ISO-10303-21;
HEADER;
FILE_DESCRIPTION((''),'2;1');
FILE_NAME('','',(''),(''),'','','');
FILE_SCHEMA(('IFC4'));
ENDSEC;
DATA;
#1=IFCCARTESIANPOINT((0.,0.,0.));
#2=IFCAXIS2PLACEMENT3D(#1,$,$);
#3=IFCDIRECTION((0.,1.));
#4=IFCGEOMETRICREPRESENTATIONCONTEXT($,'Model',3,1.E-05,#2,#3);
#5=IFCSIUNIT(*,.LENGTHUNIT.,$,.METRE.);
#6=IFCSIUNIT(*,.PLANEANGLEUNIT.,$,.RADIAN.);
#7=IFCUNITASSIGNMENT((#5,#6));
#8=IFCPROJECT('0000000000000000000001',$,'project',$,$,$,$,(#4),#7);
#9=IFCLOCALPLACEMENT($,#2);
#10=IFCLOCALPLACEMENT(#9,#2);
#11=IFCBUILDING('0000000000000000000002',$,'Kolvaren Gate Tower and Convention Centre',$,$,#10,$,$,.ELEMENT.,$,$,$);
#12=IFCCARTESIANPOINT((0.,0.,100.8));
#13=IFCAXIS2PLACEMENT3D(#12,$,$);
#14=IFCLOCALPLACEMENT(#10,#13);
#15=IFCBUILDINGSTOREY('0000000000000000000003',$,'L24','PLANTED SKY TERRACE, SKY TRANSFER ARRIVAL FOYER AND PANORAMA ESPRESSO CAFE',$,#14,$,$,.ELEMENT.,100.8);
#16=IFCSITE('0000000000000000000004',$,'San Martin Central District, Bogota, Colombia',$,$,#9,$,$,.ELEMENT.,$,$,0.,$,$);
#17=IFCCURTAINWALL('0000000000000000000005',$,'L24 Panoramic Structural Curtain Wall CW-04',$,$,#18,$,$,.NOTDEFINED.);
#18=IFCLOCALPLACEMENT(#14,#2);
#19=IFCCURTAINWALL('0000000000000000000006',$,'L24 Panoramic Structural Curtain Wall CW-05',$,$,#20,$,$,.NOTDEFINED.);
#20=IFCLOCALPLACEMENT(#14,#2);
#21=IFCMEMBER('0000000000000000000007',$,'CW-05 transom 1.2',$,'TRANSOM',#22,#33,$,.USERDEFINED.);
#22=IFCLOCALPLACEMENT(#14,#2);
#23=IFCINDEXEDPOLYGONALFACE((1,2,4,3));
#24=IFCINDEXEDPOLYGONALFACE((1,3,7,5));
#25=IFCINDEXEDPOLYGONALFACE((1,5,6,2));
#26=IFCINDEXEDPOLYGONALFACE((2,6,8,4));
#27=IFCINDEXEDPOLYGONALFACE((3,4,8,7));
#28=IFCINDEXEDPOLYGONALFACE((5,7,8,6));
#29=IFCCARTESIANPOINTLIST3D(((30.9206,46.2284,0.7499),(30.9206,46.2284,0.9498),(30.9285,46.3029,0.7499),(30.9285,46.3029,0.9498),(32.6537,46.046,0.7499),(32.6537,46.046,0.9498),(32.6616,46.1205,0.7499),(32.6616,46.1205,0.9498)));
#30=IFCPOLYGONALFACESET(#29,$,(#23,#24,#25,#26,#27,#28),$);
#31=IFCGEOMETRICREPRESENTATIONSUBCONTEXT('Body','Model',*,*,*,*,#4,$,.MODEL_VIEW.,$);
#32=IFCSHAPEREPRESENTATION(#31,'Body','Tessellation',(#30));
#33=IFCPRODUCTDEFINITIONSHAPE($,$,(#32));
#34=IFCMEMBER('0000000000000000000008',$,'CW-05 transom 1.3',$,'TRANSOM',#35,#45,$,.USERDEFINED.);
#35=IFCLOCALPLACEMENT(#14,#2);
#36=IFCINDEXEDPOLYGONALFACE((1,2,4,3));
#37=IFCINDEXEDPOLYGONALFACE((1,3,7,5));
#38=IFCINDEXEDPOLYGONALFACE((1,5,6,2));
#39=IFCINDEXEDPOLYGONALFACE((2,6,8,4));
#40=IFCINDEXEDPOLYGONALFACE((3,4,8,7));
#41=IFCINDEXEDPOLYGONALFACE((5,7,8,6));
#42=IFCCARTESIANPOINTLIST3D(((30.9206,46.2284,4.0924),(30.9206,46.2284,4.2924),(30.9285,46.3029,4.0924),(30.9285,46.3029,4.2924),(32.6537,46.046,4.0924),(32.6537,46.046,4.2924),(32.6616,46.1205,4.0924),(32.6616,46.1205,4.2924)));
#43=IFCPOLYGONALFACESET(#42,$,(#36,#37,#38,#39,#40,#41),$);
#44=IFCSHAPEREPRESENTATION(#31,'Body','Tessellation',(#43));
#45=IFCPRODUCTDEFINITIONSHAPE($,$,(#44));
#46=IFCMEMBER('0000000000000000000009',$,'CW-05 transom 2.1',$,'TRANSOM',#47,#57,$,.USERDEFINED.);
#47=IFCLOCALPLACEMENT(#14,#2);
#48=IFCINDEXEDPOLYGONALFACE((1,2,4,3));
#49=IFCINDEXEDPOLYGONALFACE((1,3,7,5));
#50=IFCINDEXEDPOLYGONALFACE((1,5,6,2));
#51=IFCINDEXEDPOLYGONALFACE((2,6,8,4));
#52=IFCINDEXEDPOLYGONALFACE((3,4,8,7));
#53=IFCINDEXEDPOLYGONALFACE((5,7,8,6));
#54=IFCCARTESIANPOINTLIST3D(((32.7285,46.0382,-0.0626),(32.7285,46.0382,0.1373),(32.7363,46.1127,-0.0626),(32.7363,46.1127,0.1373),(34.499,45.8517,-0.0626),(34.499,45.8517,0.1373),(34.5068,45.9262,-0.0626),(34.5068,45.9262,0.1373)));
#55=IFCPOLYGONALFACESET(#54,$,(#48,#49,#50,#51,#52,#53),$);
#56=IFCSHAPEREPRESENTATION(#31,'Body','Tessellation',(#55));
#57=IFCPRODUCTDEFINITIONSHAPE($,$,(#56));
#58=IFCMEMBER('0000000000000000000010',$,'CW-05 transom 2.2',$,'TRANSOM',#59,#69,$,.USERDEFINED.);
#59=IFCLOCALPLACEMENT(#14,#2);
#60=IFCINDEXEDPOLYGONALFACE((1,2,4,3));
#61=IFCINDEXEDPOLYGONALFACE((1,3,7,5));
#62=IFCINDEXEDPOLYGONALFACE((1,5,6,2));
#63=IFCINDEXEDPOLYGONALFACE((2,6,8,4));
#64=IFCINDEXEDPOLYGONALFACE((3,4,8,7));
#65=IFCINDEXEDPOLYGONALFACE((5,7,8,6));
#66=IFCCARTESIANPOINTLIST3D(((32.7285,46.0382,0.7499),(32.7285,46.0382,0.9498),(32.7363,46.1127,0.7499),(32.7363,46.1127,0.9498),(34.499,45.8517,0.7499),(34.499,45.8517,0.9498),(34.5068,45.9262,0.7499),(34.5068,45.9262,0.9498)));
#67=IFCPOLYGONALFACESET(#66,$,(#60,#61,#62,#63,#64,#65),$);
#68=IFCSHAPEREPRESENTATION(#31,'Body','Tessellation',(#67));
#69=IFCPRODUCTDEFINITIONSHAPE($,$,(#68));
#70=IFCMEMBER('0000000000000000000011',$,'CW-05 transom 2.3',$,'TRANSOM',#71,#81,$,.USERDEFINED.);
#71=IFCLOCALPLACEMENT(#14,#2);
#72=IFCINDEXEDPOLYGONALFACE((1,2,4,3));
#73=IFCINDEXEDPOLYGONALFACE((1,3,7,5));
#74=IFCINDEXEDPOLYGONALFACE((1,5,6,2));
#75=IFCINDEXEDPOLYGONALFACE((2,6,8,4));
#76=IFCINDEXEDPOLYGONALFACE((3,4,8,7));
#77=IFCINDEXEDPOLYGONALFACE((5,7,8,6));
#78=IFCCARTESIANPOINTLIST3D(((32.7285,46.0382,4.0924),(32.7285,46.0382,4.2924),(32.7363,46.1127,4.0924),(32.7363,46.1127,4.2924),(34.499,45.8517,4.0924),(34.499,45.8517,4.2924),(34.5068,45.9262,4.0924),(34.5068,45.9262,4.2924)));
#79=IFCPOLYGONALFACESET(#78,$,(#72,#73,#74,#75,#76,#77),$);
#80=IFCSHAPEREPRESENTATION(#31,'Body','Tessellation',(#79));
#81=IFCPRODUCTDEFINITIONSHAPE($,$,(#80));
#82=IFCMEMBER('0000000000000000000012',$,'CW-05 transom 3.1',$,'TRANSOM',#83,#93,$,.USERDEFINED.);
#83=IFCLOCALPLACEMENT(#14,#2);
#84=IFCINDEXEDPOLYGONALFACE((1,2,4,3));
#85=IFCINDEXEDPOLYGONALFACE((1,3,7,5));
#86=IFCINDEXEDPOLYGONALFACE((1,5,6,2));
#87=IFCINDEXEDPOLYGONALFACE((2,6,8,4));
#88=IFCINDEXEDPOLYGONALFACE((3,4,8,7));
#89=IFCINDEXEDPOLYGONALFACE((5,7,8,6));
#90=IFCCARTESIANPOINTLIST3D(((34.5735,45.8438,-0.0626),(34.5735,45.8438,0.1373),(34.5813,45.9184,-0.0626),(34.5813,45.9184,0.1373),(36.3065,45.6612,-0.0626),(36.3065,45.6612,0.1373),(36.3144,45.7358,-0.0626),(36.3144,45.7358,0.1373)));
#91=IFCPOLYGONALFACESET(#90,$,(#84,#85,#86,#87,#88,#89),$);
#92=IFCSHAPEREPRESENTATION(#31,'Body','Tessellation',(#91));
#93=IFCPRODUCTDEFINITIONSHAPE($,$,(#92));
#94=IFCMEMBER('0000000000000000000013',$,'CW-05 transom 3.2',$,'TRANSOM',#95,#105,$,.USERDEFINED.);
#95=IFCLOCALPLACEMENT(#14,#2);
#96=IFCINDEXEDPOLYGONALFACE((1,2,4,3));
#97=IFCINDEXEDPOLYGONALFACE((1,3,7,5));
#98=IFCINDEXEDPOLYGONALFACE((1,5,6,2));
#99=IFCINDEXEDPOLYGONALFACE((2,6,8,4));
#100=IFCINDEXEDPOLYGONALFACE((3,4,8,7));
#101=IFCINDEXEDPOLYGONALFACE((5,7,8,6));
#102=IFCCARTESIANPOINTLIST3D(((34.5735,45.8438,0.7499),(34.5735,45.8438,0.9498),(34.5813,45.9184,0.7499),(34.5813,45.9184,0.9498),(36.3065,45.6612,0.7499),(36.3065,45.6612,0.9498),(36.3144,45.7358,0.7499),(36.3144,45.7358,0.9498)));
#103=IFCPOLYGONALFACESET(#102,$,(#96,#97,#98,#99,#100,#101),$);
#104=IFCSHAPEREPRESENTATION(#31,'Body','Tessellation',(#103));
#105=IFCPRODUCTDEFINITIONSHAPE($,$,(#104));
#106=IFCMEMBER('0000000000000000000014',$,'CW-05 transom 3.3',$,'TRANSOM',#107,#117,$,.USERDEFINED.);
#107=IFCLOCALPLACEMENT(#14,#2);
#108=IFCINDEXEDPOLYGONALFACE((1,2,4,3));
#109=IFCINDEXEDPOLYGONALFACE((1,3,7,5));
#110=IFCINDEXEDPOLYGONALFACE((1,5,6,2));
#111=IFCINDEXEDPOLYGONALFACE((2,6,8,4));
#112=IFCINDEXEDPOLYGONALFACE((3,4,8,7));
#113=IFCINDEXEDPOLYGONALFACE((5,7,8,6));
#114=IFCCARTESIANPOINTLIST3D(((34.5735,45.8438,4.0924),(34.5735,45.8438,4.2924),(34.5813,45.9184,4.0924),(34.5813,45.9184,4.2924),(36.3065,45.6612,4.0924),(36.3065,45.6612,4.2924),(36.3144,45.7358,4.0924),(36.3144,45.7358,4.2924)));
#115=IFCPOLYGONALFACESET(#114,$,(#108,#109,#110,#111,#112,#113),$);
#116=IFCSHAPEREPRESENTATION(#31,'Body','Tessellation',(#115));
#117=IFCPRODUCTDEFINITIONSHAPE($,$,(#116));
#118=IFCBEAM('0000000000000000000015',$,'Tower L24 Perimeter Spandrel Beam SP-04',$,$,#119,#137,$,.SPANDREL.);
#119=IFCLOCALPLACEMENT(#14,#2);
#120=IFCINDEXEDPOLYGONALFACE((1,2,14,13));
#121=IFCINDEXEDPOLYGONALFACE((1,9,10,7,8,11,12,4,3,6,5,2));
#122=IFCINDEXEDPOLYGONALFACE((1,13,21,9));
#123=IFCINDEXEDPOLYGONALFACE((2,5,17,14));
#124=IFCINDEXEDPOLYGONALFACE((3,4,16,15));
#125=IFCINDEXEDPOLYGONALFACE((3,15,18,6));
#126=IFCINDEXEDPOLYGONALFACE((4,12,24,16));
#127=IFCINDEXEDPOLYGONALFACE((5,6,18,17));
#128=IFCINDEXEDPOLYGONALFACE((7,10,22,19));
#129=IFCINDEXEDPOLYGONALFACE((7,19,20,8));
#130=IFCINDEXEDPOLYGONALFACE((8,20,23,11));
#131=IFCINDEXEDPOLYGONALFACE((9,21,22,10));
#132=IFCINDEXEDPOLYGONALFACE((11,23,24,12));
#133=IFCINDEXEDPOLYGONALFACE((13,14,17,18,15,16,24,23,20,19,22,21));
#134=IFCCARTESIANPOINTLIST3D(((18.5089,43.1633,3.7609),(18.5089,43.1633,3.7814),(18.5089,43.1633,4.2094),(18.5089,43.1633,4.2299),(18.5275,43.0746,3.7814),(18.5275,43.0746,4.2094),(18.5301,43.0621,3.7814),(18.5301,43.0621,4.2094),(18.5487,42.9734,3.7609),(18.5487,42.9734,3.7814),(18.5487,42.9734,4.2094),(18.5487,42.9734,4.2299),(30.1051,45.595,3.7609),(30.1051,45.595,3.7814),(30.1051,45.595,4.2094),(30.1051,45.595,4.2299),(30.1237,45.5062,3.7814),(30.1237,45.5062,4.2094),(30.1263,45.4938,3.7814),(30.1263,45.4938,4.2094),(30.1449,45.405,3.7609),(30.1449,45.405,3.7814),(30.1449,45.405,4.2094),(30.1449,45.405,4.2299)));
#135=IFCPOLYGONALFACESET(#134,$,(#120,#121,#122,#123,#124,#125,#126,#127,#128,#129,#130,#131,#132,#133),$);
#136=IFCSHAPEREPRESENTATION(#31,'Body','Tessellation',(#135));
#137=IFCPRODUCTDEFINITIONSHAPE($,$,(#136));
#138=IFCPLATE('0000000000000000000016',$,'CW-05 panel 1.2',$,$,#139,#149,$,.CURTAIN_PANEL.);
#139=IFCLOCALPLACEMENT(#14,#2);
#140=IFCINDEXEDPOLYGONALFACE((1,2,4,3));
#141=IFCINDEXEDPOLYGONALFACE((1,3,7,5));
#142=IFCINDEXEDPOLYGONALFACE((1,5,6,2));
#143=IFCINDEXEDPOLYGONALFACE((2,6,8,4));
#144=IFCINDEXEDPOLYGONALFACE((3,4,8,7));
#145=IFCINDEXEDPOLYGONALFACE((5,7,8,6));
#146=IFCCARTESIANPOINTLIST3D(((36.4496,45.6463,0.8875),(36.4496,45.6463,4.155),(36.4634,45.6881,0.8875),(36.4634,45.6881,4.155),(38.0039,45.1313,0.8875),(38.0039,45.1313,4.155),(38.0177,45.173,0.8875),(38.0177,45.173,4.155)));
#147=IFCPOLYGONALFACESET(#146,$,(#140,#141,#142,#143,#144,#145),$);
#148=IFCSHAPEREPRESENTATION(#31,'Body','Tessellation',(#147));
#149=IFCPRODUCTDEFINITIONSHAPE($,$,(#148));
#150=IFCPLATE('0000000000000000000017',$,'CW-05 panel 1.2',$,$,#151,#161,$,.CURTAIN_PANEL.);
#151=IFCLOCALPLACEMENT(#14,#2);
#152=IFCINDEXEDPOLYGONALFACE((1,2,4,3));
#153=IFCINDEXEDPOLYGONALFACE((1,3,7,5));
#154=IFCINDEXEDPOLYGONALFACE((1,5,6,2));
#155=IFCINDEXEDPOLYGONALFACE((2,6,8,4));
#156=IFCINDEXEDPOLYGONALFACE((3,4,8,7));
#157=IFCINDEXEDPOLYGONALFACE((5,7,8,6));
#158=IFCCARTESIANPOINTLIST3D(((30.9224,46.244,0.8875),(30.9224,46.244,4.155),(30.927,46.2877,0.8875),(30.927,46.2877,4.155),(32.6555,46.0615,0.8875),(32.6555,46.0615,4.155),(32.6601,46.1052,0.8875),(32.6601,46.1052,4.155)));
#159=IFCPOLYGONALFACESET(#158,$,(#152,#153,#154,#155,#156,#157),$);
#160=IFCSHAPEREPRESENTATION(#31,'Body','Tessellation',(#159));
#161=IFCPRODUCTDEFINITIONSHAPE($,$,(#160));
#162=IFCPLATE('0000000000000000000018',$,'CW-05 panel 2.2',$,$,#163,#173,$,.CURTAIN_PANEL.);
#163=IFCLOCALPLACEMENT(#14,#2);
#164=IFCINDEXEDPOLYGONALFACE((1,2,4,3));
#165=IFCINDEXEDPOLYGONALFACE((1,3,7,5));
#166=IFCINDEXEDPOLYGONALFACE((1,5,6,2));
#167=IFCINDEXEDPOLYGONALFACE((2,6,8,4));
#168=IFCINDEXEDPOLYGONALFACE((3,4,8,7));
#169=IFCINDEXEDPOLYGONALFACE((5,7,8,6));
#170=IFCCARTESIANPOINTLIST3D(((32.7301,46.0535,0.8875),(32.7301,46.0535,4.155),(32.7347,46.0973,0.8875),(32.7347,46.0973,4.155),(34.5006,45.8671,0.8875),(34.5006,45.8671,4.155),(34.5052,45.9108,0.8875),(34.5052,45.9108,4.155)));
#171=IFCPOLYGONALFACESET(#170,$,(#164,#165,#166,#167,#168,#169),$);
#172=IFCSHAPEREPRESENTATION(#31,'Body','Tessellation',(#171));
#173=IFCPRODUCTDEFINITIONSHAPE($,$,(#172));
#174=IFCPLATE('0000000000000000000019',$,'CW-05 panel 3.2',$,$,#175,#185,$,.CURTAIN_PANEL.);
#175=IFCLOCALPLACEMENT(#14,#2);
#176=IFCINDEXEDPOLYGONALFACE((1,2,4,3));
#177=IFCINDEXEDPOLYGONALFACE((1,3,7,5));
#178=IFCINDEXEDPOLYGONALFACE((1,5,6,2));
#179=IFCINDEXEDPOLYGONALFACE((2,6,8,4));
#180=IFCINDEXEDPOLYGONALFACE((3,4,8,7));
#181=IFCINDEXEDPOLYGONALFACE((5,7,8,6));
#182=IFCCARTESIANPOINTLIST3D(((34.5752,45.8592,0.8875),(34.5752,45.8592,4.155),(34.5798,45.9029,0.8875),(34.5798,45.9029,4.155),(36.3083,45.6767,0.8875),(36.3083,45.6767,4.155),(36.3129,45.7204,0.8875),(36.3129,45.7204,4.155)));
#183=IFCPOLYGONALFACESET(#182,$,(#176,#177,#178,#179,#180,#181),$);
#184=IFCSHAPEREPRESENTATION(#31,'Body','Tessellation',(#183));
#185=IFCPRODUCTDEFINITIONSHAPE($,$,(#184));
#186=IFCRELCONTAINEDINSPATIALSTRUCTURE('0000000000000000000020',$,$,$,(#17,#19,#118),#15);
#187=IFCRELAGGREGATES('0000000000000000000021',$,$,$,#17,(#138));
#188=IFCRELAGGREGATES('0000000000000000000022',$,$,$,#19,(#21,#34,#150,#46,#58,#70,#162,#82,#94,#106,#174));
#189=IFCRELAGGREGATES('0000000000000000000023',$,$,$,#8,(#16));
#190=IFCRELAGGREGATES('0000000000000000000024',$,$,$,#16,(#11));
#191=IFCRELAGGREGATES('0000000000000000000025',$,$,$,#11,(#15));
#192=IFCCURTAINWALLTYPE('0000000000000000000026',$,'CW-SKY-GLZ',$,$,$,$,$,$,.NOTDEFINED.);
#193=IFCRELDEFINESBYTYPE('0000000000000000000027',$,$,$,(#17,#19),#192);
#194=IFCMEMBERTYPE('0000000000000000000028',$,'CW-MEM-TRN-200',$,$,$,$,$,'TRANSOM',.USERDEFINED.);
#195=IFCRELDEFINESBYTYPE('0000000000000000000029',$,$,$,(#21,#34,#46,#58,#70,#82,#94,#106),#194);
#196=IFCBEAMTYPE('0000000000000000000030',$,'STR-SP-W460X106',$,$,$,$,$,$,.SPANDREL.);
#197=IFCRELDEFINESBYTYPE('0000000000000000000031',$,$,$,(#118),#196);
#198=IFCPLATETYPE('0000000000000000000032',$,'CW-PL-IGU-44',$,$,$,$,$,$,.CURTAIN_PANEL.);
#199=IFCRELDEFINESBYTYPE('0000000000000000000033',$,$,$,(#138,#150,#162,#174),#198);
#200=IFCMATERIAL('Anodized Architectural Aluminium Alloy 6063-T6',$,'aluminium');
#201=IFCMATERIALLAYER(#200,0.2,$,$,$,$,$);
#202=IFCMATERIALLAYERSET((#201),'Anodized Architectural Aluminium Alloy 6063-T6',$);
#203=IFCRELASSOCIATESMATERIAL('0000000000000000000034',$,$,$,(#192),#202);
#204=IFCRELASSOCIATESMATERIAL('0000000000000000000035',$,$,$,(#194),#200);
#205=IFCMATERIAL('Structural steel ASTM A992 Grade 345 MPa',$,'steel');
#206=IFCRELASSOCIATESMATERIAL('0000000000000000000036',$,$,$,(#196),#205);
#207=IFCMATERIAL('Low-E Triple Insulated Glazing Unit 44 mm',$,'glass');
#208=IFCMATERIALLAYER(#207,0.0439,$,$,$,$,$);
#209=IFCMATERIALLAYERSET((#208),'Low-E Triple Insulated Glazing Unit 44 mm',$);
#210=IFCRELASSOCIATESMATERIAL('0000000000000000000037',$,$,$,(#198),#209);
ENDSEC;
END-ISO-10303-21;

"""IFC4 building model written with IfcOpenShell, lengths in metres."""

from ifc_helpers import new_model, si_unit, direction, frame, origin, origin_2d, place, context, subcontext, project, spatial, rectangle, i_section, extrude, material, layer, layer_set, material_profile, profile_set, type_object, element, aggregate, save


model = new_model("IFC4")

# Units and contexts
model_context = context("Model", 3, precision=1e-05, world=origin(), true_north=direction((0.0, 1.0)))
body_context = subcontext(model_context, "Body", "Model", "MODEL_VIEW")
ifc_project = project(units=[si_unit("LENGTHUNIT", "METRE"), si_unit("PLANEANGLEUNIT", "RADIAN")], contexts=[model_context])

# Site, building, storey
site_placement = place(None, origin())
site = spatial("IfcSite", under=ifc_project, at=site_placement, Name="San Martin Central District, Bogota, Colombia", CompositionType="ELEMENT", RefElevation=0.0)
building_placement = place(site_placement, origin())
building = spatial("IfcBuilding", under=site, at=building_placement, Name="Kolvaren Gate Tower and Convention Centre", CompositionType="ELEMENT")
storey_placement = place(building_placement, frame((0.0, 0.0, 100.8)))
storey = spatial("IfcBuildingStorey", under=building, at=storey_placement, Name="L24", Description="PLANTED SKY TERRACE, SKY TRANSFER ARRIVAL FOYER AND PANORAMA ESPRESSO CAFE", CompositionType="ELEMENT", Elevation=100.8)

# Curtain walls
ifc_material_1 = material(Name="Anodized Architectural Aluminium Alloy 6063-T6", Category="aluminium")
ifc_layer_1 = layer(ifc_material_1, 0.2)
ifc_layer_set_1 = layer_set([ifc_layer_1], Name="Anodized Architectural Aluminium Alloy 6063-T6")
curtain_wall_type = type_object("IfcCurtainWallType", Name="CW-SKY-GLZ", PredefinedType="NOTDEFINED", material=ifc_layer_set_1)
curtain_wall_1_placement = place(storey_placement, origin())
curtain_wall_1 = element("IfcCurtainWall", 1, at=curtain_wall_1_placement, inside=storey, type_object=curtain_wall_type, Name="L24 Panoramic Structural Curtain Wall CW-04", PredefinedType="NOTDEFINED")
curtain_wall_2_placement = place(storey_placement, origin())
curtain_wall_2 = element("IfcCurtainWall", 2, at=curtain_wall_2_placement, inside=storey, type_object=curtain_wall_type, Name="L24 Panoramic Structural Curtain Wall CW-05", PredefinedType="NOTDEFINED")

# Members
ifc_material_profile_1 = material_profile(ifc_material_1, rectangle(XDim=0.075, YDim=0.2, at=origin_2d()), Name="CW-MEM-TRN-200")
ifc_profile_set_1 = profile_set([ifc_material_profile_1], Name="Anodized Architectural Aluminium Alloy 6063-T6")
member_type_1 = type_object("IfcMemberType", Name="CW-MEM-TRN-200", ElementType="TRANSOM", PredefinedType="USERDEFINED", material=ifc_profile_set_1)
member_1_placement = place(storey_placement, frame((30.9246, 46.2656, 0.8499), z_axis=(0.994509, -0.104648, 0.0), x_axis=(0.104648, 0.994509, 0.0)))
member_1 = element("IfcMember", 3, at=member_1_placement, type_object=member_type_1, Name="CW-05 transom 1.2", ObjectType="TRANSOM", PredefinedType="USERDEFINED", context=body_context, shape_type="SweptSolid", body=[
    extrude(rectangle(XDim=0.075, YDim=0.2, at=origin_2d()), origin(), (0.0, 0.0, 1.0), 1.7427),
])
member_2_placement = place(storey_placement, frame((30.9246, 46.2656, 4.1924), z_axis=(0.994509, -0.104648, 0.0), x_axis=(0.104648, 0.994509, 0.0)))
member_2 = element("IfcMember", 4, at=member_2_placement, type_object=member_type_1, Name="CW-05 transom 1.3", ObjectType="TRANSOM", PredefinedType="USERDEFINED", context=body_context, shape_type="SweptSolid", body=[
    extrude(rectangle(XDim=0.075, YDim=0.2, at=origin_2d()), origin(), (0.0, 0.0, 1.0), 1.7427),
])
member_3_placement = place(storey_placement, frame((32.7324, 46.0754, 0.0374), z_axis=(0.994496, -0.10477, 0.0), x_axis=(0.10477, 0.994496, 0.0)))
member_3 = element("IfcMember", 5, at=member_3_placement, type_object=member_type_1, Name="CW-05 transom 2.1", ObjectType="TRANSOM", PredefinedType="USERDEFINED", context=body_context, shape_type="SweptSolid", body=[
    extrude(rectangle(XDim=0.075, YDim=0.2, at=origin_2d()), origin(), (0.0, 0.0, 1.0), 1.7803),
])
member_4_placement = place(storey_placement, frame((32.7324, 46.0754, 0.8499), z_axis=(0.994496, -0.10477, 0.0), x_axis=(0.10477, 0.994496, 0.0)))
member_4 = element("IfcMember", 6, at=member_4_placement, type_object=member_type_1, Name="CW-05 transom 2.2", ObjectType="TRANSOM", PredefinedType="USERDEFINED", context=body_context, shape_type="SweptSolid", body=[
    extrude(rectangle(XDim=0.075, YDim=0.2, at=origin_2d()), origin(), (0.0, 0.0, 1.0), 1.7803),
])
member_5_placement = place(storey_placement, frame((32.7324, 46.0754, 4.1924), z_axis=(0.994496, -0.10477, 0.0), x_axis=(0.10477, 0.994496, 0.0)))
member_5 = element("IfcMember", 7, at=member_5_placement, type_object=member_type_1, Name="CW-05 transom 2.3", ObjectType="TRANSOM", PredefinedType="USERDEFINED", context=body_context, shape_type="SweptSolid", body=[
    extrude(rectangle(XDim=0.075, YDim=0.2, at=origin_2d()), origin(), (0.0, 0.0, 1.0), 1.7803),
])
member_6_placement = place(storey_placement, frame((34.5774, 45.8811, 0.0374), z_axis=(0.994495, -0.104787, 0.0), x_axis=(0.104787, 0.994495, 0.0)))
member_6 = element("IfcMember", 8, at=member_6_placement, type_object=member_type_1, Name="CW-05 transom 3.1", ObjectType="TRANSOM", PredefinedType="USERDEFINED", context=body_context, shape_type="SweptSolid", body=[
    extrude(rectangle(XDim=0.075, YDim=0.2, at=origin_2d()), origin(), (0.0, 0.0, 1.0), 1.7427),
])
member_7_placement = place(storey_placement, frame((34.5774, 45.8811, 0.8499), z_axis=(0.994495, -0.104787, 0.0), x_axis=(0.104787, 0.994495, 0.0)))
member_7 = element("IfcMember", 9, at=member_7_placement, type_object=member_type_1, Name="CW-05 transom 3.2", ObjectType="TRANSOM", PredefinedType="USERDEFINED", context=body_context, shape_type="SweptSolid", body=[
    extrude(rectangle(XDim=0.075, YDim=0.2, at=origin_2d()), origin(), (0.0, 0.0, 1.0), 1.7427),
])
member_8_placement = place(storey_placement, frame((34.5774, 45.8811, 4.1924), z_axis=(0.994495, -0.104787, 0.0), x_axis=(0.104787, 0.994495, 0.0)))
member_8 = element("IfcMember", 10, at=member_8_placement, type_object=member_type_1, Name="CW-05 transom 3.3", ObjectType="TRANSOM", PredefinedType="USERDEFINED", context=body_context, shape_type="SweptSolid", body=[
    extrude(rectangle(XDim=0.075, YDim=0.2, at=origin_2d()), origin(), (0.0, 0.0, 1.0), 1.7427),
])

# Beam
ifc_material_2 = material(Name="Structural steel ASTM A992 Grade 345 MPa", Category="steel")
ifc_material_profile_2 = material_profile(ifc_material_2, i_section(OverallWidth=0.1941, OverallDepth=0.469, WebThickness=0.0127, FlangeThickness=0.0205, at=origin_2d()), Name="W460X106")
ifc_profile_set_2 = profile_set([ifc_material_profile_2], Name="Structural steel ASTM A992 Grade 345 MPa")
beam_type = type_object("IfcBeamType", Name="STR-SP-W460X106", PredefinedType="SPANDREL", material=ifc_profile_set_2)
beam_placement = place(storey_placement, frame((30.125, 45.5, 3.9954), z_axis=(-0.978714, -0.205229, 0.0), x_axis=(0.205229, -0.978714, 0.0)))
element("IfcBeam", 11, at=beam_placement, inside=storey, type_object=beam_type, Name="Tower L24 Perimeter Spandrel Beam SP-04", PredefinedType="SPANDREL", context=body_context, shape_type="SweptSolid", body=[
    extrude(i_section(OverallWidth=0.1941, OverallDepth=0.469, WebThickness=0.0127, FlangeThickness=0.0205, at=origin_2d()), origin(), (0.0, 0.0, 1.0), 11.8484),
])

# Plates
ifc_material_3 = material(Name="Low-E Triple Insulated Glazing Unit 44 mm", Category="glass")
ifc_layer_2 = layer(ifc_material_3, 0.0439)
ifc_layer_set_2 = layer_set([ifc_layer_2], Name="Low-E Triple Insulated Glazing Unit 44 mm")
plate_type_1 = type_object("IfcPlateType", Name="CW-PL-IGU-44", PredefinedType="CURTAIN_PANEL", material=ifc_layer_set_2)
plate_1_placement = place(storey_placement, frame((37.2336, 45.4097, 0.8875), z_axis=(0.0, 0.0, 1.0), x_axis=(0.94924, -0.314553, 0.0)))
plate_1 = element("IfcPlate", 12, at=plate_1_placement, type_object=plate_type_1, Name="CW-05 panel 1.2", PredefinedType="CURTAIN_PANEL", context=body_context, shape_type="SweptSolid", body=[
    extrude(rectangle(XDim=1.6375, YDim=0.0439, at=origin_2d()), origin(), (0.0, 0.0, 1.0), 3.2676),
])
plate_2_placement = place(storey_placement, frame((31.7913, 46.1746, 0.8875), z_axis=(0.0, 0.0, 1.0), x_axis=(0.994501, -0.104729, 0.0)))
plate_2 = element("IfcPlate", 13, at=plate_2_placement, type_object=plate_type_1, Name="CW-05 panel 1.2", PredefinedType="CURTAIN_PANEL", context=body_context, shape_type="SweptSolid", body=[
    extrude(rectangle(XDim=1.7427, YDim=0.0439, at=origin_2d()), origin(), (0.0, 0.0, 1.0), 3.2676),
])
plate_3_placement = place(storey_placement, frame((33.6177, 45.9822, 0.8875), z_axis=(0.0, 0.0, 1.0), x_axis=(0.994501, -0.104729, 0.0)))
plate_3 = element("IfcPlate", 14, at=plate_3_placement, type_object=plate_type_1, Name="CW-05 panel 2.2", PredefinedType="CURTAIN_PANEL", context=body_context, shape_type="SweptSolid", body=[
    extrude(rectangle(XDim=1.7803, YDim=0.0439, at=origin_2d()), origin(), (0.0, 0.0, 1.0), 3.2676),
])
plate_4_placement = place(storey_placement, frame((35.4441, 45.7898, 0.8875), z_axis=(0.0, 0.0, 1.0), x_axis=(0.994501, -0.104729, 0.0)))
plate_4 = element("IfcPlate", 15, at=plate_4_placement, type_object=plate_type_1, Name="CW-05 panel 3.2", PredefinedType="CURTAIN_PANEL", context=body_context, shape_type="SweptSolid", body=[
    extrude(rectangle(XDim=1.7427, YDim=0.0439, at=origin_2d()), origin(), (0.0, 0.0, 1.0), 3.2676),
])
aggregate(curtain_wall_1, [plate_1])
aggregate(curtain_wall_2, [member_1, member_2, plate_2, member_3, member_4, member_5, plate_3, member_6, member_7, member_8, plate_4])

save(model, "model.ifc")
